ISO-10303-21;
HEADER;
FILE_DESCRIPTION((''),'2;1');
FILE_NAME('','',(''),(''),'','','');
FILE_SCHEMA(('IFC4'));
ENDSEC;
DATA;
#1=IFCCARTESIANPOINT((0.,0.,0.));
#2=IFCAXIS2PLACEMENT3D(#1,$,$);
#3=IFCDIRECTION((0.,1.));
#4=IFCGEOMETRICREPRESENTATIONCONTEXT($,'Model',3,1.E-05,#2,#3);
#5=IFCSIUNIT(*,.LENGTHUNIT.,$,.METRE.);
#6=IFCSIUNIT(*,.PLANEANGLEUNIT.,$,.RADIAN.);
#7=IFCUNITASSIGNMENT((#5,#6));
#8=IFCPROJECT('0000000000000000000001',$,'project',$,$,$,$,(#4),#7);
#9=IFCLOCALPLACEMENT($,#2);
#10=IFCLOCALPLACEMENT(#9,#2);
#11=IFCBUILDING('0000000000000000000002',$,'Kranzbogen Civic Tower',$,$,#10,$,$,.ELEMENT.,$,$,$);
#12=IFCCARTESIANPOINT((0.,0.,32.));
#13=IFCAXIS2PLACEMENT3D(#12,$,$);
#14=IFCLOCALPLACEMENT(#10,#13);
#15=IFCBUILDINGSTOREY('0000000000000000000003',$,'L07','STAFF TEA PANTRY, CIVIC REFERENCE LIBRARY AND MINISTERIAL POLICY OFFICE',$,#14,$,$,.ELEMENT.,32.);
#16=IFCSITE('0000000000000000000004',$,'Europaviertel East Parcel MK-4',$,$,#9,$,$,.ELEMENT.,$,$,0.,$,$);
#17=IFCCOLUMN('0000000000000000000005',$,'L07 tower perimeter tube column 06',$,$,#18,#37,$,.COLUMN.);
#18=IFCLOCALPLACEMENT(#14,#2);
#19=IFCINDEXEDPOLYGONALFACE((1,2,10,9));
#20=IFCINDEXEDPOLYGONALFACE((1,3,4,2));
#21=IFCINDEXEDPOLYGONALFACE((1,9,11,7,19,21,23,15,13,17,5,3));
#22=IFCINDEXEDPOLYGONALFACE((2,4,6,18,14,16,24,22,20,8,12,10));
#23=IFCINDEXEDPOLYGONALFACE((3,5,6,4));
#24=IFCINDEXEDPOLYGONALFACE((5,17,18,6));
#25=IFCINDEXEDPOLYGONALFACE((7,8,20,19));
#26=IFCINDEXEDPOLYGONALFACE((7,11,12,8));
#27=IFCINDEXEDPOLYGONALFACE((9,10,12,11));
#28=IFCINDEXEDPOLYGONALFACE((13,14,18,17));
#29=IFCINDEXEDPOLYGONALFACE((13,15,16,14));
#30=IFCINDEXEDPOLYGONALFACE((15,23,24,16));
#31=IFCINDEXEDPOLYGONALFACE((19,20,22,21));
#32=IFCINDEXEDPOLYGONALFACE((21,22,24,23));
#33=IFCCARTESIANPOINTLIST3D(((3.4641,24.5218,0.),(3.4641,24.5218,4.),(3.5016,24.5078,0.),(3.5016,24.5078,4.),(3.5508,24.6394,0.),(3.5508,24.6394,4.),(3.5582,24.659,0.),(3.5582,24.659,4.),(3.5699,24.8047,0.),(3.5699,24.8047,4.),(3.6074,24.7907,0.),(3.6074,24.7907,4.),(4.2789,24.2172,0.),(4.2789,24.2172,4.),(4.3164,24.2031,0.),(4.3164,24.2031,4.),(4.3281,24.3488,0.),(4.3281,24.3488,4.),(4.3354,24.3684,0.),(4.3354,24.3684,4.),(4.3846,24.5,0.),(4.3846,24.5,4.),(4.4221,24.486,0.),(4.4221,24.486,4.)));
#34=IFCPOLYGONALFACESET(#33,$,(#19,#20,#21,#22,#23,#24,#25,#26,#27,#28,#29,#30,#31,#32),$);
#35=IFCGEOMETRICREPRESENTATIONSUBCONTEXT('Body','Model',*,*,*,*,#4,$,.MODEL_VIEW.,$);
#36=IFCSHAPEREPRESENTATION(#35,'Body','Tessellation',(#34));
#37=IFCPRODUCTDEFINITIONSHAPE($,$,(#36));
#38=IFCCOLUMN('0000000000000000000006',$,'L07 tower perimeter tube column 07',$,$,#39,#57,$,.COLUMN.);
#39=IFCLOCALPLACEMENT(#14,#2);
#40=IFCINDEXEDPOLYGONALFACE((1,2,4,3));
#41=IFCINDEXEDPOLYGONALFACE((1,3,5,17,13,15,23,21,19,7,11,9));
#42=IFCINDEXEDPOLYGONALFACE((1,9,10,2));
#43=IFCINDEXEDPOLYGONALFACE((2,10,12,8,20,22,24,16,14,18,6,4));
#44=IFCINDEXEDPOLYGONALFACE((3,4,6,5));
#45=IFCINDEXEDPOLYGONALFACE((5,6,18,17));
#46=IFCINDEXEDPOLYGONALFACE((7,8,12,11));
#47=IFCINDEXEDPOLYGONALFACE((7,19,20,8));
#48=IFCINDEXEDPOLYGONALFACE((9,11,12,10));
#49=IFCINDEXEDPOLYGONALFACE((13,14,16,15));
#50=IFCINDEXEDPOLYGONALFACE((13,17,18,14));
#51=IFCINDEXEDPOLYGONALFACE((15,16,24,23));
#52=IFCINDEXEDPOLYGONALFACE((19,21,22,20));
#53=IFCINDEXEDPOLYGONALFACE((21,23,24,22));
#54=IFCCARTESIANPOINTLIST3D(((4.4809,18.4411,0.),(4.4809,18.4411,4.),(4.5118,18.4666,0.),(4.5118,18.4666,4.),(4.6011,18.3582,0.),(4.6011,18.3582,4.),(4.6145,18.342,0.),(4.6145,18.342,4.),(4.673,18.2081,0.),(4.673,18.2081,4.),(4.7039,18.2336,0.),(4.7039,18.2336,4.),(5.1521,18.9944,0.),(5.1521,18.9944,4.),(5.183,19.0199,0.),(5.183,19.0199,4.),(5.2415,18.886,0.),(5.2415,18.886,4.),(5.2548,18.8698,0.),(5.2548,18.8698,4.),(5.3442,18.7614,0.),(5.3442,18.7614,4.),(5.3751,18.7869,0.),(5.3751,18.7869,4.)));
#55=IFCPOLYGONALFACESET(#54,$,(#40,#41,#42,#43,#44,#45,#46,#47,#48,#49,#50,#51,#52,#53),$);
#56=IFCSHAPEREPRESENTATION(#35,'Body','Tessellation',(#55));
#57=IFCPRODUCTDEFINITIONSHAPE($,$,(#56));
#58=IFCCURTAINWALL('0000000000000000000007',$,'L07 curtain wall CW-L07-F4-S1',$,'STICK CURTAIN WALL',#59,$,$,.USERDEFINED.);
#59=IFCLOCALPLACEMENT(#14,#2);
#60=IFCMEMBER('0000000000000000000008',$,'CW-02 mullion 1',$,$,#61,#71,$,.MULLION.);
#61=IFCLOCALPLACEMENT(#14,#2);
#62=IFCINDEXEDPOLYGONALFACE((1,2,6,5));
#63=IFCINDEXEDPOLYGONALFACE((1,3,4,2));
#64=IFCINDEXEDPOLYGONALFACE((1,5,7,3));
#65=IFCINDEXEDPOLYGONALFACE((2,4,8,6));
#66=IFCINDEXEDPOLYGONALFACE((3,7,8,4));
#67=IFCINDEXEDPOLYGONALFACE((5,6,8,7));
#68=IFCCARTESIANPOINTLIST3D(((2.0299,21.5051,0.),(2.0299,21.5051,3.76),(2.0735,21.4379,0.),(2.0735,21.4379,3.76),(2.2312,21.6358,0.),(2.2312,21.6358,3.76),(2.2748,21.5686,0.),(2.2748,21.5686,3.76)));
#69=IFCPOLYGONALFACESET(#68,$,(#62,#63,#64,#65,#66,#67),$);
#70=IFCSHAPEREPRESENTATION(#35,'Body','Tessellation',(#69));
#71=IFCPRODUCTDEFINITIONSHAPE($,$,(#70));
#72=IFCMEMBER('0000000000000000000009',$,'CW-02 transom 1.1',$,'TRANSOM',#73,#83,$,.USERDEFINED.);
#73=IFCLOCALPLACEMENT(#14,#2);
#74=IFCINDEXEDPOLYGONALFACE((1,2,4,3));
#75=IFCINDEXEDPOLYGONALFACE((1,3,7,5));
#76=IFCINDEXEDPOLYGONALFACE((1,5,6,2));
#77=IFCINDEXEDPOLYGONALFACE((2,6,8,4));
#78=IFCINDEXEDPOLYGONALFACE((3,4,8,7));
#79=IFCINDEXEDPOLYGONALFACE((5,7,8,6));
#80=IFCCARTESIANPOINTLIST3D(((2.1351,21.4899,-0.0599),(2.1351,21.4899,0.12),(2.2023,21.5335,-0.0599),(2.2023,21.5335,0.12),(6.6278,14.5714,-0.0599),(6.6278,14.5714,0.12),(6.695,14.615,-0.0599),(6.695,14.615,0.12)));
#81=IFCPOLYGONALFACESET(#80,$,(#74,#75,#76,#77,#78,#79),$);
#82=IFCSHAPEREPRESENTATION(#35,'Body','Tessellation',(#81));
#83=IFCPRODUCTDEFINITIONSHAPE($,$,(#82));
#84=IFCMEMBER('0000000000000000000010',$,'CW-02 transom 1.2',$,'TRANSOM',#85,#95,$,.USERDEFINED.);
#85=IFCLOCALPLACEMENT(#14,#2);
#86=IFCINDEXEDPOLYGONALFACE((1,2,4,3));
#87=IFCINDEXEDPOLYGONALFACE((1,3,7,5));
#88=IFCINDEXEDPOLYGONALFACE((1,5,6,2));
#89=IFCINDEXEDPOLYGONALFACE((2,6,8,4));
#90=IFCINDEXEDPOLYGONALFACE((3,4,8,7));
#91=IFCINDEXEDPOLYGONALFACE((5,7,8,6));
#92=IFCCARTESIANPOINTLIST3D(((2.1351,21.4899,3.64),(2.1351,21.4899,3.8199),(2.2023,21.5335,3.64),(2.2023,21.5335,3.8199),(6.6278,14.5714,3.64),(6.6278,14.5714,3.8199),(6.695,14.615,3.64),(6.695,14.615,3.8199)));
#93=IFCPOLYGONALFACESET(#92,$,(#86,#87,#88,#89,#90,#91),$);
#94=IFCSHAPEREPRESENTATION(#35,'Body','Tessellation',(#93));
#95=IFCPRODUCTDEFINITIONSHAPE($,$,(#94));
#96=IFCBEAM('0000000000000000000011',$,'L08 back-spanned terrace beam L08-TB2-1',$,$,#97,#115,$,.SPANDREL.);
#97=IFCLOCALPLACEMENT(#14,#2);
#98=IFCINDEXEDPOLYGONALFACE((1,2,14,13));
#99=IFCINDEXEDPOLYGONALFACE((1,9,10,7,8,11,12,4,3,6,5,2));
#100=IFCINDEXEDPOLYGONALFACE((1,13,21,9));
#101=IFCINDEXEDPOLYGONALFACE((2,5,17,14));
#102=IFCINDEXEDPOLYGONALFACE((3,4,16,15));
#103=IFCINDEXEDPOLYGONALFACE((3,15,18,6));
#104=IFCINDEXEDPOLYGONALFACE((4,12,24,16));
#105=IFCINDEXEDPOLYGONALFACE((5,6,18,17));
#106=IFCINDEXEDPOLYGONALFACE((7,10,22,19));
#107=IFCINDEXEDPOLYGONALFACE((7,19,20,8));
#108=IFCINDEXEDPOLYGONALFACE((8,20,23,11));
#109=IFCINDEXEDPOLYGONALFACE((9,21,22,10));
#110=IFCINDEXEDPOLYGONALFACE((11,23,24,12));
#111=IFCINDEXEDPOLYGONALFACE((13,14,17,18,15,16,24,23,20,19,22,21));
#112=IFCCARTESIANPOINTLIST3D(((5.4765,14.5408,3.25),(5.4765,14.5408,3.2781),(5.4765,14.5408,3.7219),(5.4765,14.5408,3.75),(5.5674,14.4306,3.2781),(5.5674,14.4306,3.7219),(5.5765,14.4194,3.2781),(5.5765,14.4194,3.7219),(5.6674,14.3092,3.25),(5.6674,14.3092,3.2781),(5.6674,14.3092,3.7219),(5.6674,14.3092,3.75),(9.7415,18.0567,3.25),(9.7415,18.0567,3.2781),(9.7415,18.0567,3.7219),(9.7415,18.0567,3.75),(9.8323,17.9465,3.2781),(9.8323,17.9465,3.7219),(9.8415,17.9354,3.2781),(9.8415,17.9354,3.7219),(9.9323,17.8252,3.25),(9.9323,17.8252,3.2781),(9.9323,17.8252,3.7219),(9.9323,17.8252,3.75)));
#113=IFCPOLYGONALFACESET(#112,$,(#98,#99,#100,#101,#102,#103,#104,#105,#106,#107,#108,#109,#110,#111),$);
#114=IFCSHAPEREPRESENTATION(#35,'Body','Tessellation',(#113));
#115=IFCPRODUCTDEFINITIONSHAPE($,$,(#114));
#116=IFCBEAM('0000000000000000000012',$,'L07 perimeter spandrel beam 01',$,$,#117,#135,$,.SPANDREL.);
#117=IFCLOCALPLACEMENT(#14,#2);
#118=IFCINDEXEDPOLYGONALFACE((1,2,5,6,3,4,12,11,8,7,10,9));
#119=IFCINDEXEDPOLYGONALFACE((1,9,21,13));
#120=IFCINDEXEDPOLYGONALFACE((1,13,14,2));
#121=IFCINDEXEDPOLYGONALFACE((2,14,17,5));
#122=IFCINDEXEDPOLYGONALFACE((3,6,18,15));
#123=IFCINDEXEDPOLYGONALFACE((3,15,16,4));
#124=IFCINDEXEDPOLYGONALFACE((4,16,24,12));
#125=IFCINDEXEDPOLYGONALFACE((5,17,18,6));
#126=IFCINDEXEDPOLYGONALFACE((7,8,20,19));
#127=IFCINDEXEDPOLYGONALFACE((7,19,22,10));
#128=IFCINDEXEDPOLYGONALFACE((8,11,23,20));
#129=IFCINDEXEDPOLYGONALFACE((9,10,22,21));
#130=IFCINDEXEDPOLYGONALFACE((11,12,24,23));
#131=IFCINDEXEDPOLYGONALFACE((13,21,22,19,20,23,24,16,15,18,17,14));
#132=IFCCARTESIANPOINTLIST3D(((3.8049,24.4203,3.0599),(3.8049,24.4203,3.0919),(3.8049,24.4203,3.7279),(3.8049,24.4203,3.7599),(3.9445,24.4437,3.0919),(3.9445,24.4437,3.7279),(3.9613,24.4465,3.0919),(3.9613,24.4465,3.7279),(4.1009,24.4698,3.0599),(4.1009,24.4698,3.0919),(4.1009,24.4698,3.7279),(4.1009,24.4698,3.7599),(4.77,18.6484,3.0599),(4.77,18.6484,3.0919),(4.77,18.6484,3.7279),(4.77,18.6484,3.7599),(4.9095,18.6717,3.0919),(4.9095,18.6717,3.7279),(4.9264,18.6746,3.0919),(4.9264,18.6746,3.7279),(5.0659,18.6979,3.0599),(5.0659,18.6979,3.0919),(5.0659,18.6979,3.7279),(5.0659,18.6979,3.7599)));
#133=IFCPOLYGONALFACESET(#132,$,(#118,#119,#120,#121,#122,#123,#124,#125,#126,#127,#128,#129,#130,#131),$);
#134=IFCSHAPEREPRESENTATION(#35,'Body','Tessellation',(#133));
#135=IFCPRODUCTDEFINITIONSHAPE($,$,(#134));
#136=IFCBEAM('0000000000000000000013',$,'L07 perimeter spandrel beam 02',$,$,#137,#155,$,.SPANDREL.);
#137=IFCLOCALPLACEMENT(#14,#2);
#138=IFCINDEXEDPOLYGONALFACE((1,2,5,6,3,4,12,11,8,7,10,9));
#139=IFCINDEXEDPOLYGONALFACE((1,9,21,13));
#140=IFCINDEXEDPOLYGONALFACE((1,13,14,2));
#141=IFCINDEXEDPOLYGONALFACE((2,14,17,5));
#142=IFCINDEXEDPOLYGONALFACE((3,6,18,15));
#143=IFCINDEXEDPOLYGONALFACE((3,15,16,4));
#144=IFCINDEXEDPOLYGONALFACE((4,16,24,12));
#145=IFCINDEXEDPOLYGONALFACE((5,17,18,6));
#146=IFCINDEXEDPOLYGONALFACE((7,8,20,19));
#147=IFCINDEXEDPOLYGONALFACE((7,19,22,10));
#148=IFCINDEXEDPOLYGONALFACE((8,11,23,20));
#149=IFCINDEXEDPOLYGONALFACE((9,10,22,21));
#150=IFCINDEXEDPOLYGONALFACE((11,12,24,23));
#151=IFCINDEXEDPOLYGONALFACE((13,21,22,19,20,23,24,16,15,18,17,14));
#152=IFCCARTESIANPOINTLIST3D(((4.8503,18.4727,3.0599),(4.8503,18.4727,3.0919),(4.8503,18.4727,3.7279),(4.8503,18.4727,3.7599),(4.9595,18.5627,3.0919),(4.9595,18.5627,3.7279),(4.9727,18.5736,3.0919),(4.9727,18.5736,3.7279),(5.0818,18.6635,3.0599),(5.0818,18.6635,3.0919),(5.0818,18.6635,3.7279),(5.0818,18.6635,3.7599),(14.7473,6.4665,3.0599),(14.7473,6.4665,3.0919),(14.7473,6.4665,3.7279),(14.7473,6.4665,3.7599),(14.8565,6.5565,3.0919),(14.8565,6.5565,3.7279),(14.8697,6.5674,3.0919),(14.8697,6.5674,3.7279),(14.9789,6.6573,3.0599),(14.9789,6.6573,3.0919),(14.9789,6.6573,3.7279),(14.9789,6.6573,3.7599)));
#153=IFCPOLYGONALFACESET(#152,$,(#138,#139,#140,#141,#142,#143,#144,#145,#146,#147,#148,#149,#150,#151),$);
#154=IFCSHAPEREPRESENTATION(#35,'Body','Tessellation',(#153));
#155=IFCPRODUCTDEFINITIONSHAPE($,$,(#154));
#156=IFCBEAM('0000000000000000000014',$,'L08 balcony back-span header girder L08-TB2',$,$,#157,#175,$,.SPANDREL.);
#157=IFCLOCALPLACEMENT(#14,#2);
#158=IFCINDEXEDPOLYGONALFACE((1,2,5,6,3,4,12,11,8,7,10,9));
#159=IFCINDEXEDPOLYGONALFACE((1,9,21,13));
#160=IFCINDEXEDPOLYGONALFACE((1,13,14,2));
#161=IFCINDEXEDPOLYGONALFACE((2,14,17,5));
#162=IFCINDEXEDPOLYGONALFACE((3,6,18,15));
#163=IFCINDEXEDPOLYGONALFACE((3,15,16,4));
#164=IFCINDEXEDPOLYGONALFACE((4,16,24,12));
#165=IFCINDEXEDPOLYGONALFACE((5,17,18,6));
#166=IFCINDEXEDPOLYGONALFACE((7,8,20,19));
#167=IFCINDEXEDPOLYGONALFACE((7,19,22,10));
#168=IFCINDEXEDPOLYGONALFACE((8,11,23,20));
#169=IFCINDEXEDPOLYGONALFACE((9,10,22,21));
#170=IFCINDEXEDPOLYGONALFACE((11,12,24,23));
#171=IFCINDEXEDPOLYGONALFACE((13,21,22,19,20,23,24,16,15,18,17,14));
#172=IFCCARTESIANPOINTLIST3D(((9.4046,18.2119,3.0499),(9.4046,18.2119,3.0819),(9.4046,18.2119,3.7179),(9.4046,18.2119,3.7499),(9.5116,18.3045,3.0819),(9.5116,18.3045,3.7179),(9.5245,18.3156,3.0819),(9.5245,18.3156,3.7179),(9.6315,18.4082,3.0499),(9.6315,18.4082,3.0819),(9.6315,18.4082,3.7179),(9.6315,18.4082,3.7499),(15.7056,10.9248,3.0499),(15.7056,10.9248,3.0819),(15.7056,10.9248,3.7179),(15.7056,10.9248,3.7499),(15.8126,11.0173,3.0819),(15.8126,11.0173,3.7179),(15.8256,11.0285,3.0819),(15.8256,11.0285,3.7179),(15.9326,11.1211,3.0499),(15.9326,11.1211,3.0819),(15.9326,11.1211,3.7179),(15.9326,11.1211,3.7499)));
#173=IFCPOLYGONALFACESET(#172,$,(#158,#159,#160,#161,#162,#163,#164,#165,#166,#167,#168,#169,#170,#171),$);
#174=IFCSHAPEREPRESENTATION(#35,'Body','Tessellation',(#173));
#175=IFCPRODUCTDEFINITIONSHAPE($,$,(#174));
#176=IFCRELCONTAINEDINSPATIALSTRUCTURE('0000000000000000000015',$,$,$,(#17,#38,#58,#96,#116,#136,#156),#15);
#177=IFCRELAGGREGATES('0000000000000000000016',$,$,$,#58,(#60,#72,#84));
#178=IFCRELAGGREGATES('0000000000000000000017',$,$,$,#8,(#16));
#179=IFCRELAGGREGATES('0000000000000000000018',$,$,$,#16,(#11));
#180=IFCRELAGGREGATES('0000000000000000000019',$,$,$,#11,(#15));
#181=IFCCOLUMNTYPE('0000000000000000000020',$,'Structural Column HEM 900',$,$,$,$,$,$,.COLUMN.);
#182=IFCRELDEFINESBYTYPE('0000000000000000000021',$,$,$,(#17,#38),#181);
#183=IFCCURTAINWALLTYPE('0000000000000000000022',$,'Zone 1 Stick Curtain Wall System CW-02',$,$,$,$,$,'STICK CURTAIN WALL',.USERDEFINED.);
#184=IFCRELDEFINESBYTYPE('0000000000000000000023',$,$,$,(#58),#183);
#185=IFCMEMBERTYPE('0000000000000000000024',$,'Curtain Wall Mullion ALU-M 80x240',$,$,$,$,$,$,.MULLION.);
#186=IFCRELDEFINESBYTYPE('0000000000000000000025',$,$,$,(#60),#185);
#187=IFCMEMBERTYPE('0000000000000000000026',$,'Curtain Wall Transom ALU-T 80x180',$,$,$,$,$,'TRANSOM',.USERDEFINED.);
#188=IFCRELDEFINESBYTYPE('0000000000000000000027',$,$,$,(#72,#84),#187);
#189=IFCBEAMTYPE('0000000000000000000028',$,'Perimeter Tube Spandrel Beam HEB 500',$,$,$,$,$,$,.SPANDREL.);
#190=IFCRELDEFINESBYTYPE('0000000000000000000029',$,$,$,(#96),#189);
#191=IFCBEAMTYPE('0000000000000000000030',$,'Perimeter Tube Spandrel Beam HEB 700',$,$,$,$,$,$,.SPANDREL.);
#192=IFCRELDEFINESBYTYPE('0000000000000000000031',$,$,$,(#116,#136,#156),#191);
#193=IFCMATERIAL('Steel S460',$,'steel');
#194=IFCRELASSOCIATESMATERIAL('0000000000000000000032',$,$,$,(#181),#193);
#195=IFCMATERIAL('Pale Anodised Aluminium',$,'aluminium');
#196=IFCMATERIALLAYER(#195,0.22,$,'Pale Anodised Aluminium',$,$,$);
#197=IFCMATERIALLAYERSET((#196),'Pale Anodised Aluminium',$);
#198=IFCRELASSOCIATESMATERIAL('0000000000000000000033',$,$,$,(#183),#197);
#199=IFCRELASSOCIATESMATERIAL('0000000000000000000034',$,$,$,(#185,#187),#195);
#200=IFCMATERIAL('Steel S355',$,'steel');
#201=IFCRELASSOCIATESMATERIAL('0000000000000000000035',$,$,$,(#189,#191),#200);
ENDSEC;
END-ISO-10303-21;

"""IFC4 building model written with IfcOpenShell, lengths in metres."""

from ifc_helpers import new_model, si_unit, direction, frame, origin, origin_2d, place, context, subcontext, project, spatial, rectangle, i_section, extrude, material, layer, layer_set, material_profile, profile_set, type_object, element, aggregate, save


model = new_model("IFC4")

# Units and contexts
model_context = context("Model", 3, precision=1e-05, world=origin(), true_north=direction((0.0, 1.0)))
body_context = subcontext(model_context, "Body", "Model", "MODEL_VIEW")
ifc_project = project(units=[si_unit("LENGTHUNIT", "METRE"), si_unit("PLANEANGLEUNIT", "RADIAN")], contexts=[model_context])

# Site, building, storey
site_placement = place(None, origin())
site = spatial("IfcSite", under=ifc_project, at=site_placement, Name="Europaviertel East Parcel MK-4", CompositionType="ELEMENT", RefElevation=0.0)
building_placement = place(site_placement, origin())
building = spatial("IfcBuilding", under=site, at=building_placement, Name="Kranzbogen Civic Tower", CompositionType="ELEMENT")
storey_placement = place(building_placement, frame((0.0, 0.0, 32.0)))
storey = spatial("IfcBuildingStorey", under=building, at=storey_placement, Name="L07", Description="STAFF TEA PANTRY, CIVIC REFERENCE LIBRARY AND MINISTERIAL POLICY OFFICE", CompositionType="ELEMENT", Elevation=32.0)

# Columns
ifc_material_1 = material(Name="Steel S460", Category="steel")
ifc_material_profile_1 = material_profile(ifc_material_1, i_section(OverallWidth=0.302, OverallDepth=0.9099, WebThickness=0.021, FlangeThickness=0.04, at=origin_2d()), Name="HEM 900")
ifc_profile_set_1 = profile_set([ifc_material_profile_1], Name="Steel S460")
column_type = type_object("IfcColumnType", Name="Structural Column HEM 900", PredefinedType="COLUMN", material=ifc_profile_set_1)
for number, where, z_axis, x_axis, name in (
    (1, (3.9431, 24.5039, 0.0), (0.0, 0.0, 1.0), (0.350207, 0.936672, 0.0), "L07 tower perimeter tube column 06"),
    (2, (4.928, 18.614, 0.0), (0.0, 0.0, 1.0), (-0.636078, 0.771625, 0.0), "L07 tower perimeter tube column 07"),
):
    element("IfcColumn", number, at=place(storey_placement, frame(where, z_axis=z_axis, x_axis=x_axis)), inside=storey, type_object=column_type, Name=name, PredefinedType="COLUMN", context=body_context, shape_type="SweptSolid", body=[
        extrude(i_section(OverallWidth=0.302, OverallDepth=0.9099, WebThickness=0.021, FlangeThickness=0.04, at=origin_2d()), origin(), (0.0, 0.0, 1.0), 4.0),
    ])

# Curtain wall, members
ifc_material_2 = material(Name="Pale Anodised Aluminium", Category="aluminium")
ifc_layer_1 = layer(ifc_material_2, 0.22, Name="Pale Anodised Aluminium")
ifc_layer_set_1 = layer_set([ifc_layer_1], Name="Pale Anodised Aluminium")
curtain_wall_type = type_object("IfcCurtainWallType", Name="Zone 1 Stick Curtain Wall System CW-02", ElementType="STICK CURTAIN WALL", PredefinedType="USERDEFINED", material=ifc_layer_set_1)
curtain_wall_placement = place(storey_placement, origin())
curtain_wall = element("IfcCurtainWall", 3, at=curtain_wall_placement, inside=storey, type_object=curtain_wall_type, Name="L07 curtain wall CW-L07-F4-S1", ObjectType="STICK CURTAIN WALL", PredefinedType="USERDEFINED")
ifc_material_profile_2 = material_profile(ifc_material_2, rectangle(XDim=0.0801, YDim=0.24, at=origin_2d()), Name="ALU-M 80x240")
ifc_profile_set_2 = profile_set([ifc_material_profile_2], Name="Pale Anodised Aluminium")
member_type_1 = type_object("IfcMemberType", Name="Curtain Wall Mullion ALU-M 80x240", PredefinedType="MULLION", material=ifc_profile_set_2)
member_1_placement = place(storey_placement, frame((2.1523, 21.5369, 0.0), z_axis=(0.0, 0.0, 1.0), x_axis=(0.544623, -0.838681, 0.0)))
member_1 = element("IfcMember", 4, at=member_1_placement, type_object=member_type_1, Name="CW-02 mullion 1", PredefinedType="MULLION", context=body_context, shape_type="SweptSolid", body=[
    extrude(rectangle(XDim=0.0801, YDim=0.24, at=origin_2d()), origin(), (0.0, 0.0, 1.0), 3.76),
])
ifc_material_profile_3 = material_profile(ifc_material_2, rectangle(XDim=0.0801, YDim=0.1799, at=origin_2d()), Name="ALU-T 80x180")
ifc_profile_set_3 = profile_set([ifc_material_profile_3], Name="Pale Anodised Aluminium")
member_type_2 = type_object("IfcMemberType", Name="Curtain Wall Transom ALU-T 80x180", ElementType="TRANSOM", PredefinedType="USERDEFINED", material=ifc_profile_set_3)
member_2_placement = place(storey_placement, frame((2.1687, 21.5117, 0.03), z_axis=(0.54462, -0.838683, 0.0), x_axis=(0.838683, 0.54462, 0.0)))
member_2 = element("IfcMember", 5, at=member_2_placement, type_object=member_type_2, Name="CW-02 transom 1.1", ObjectType="TRANSOM", PredefinedType="USERDEFINED", context=body_context, shape_type="SweptSolid", body=[
    extrude(rectangle(XDim=0.0801, YDim=0.1799, at=origin_2d()), origin(), (0.0, 0.0, 1.0), 8.2493),
])
member_3_placement = place(storey_placement, frame((2.1687, 21.5117, 3.73), z_axis=(0.54462, -0.838683, 0.0), x_axis=(0.838683, 0.54462, 0.0)))
member_3 = element("IfcMember", 6, at=member_3_placement, type_object=member_type_2, Name="CW-02 transom 1.2", ObjectType="TRANSOM", PredefinedType="USERDEFINED", context=body_context, shape_type="SweptSolid", body=[
    extrude(rectangle(XDim=0.0801, YDim=0.1799, at=origin_2d()), origin(), (0.0, 0.0, 1.0), 8.2493),
])

# Beams
ifc_material_3 = material(Name="Steel S355", Category="steel")
ifc_material_profile_4 = material_profile(ifc_material_3, i_section(OverallWidth=0.3, OverallDepth=0.5, WebThickness=0.0144, FlangeThickness=0.0281, at=origin_2d()), Name="HEB 500")
ifc_profile_set_4 = profile_set([ifc_material_profile_4], Name="Steel S355")
beam_type_1 = type_object("IfcBeamType", Name="Perimeter Tube Spandrel Beam HEB 500", PredefinedType="SPANDREL", material=ifc_profile_set_4)
beam_1_placement = place(storey_placement, frame((9.8369, 17.9409, 3.5), z_axis=(-0.77161, -0.636096, 0.0), x_axis=(0.636096, -0.77161, 0.0)))
element("IfcBeam", 7, at=beam_1_placement, inside=storey, type_object=beam_type_1, Name="L08 back-spanned terrace beam L08-TB2-1", PredefinedType="SPANDREL", context=body_context, shape_type="SweptSolid", body=[
    extrude(i_section(OverallWidth=0.3, OverallDepth=0.5, WebThickness=0.0144, FlangeThickness=0.0281, at=origin_2d()), origin(), (0.0, 0.0, 1.0), 5.5273),
])
ifc_material_profile_5 = material_profile(ifc_material_3, i_section(OverallWidth=0.3, OverallDepth=0.7, WebThickness=0.0171, FlangeThickness=0.032, at=origin_2d()), Name="HEB 700")
ifc_profile_set_5 = profile_set([ifc_material_profile_5], Name="Steel S355")
beam_type_2 = type_object("IfcBeamType", Name="Perimeter Tube Spandrel Beam HEB 700", PredefinedType="SPANDREL", material=ifc_profile_set_5)
beam_2_placement = place(storey_placement, frame((3.9529, 24.4451, 3.4099), z_axis=(0.164913, -0.986308, 0.0), x_axis=(0.986308, 0.164913, 0.0)))
element("IfcBeam", 8, at=beam_2_placement, inside=storey, type_object=beam_type_2, Name="L07 perimeter spandrel beam 01", PredefinedType="SPANDREL", context=body_context, shape_type="SweptSolid", body=[
    extrude(i_section(OverallWidth=0.3, OverallDepth=0.7, WebThickness=0.0171, FlangeThickness=0.032, at=origin_2d()), origin(), (0.0, 0.0, 1.0), 5.8521),
])
beam_3_placement = place(storey_placement, frame((4.9661, 18.5681, 3.4099), z_axis=(0.636075, -0.771628, 0.0), x_axis=(0.771628, 0.636075, 0.0)))
element("IfcBeam", 9, at=beam_3_placement, inside=storey, type_object=beam_type_2, Name="L07 perimeter spandrel beam 02", PredefinedType="SPANDREL", context=body_context, shape_type="SweptSolid", body=[
    extrude(i_section(OverallWidth=0.3, OverallDepth=0.7, WebThickness=0.0171, FlangeThickness=0.032, at=origin_2d()), origin(), (0.0, 0.0, 1.0), 15.5596),
])
beam_4_placement = place(storey_placement, frame((9.5181, 18.3101, 3.3999), z_axis=(0.654072, -0.756432, 0.0), x_axis=(0.756432, 0.654072, 0.0)))
element("IfcBeam", 10, at=beam_4_placement, inside=storey, type_object=beam_type_2, Name="L08 balcony back-span header girder L08-TB2", PredefinedType="SPANDREL", context=body_context, shape_type="SweptSolid", body=[
    extrude(i_section(OverallWidth=0.3, OverallDepth=0.7, WebThickness=0.0171, FlangeThickness=0.032, at=origin_2d()), origin(), (0.0, 0.0, 1.0), 9.6335),
])

aggregate(curtain_wall, [member_1, member_2, member_3])

save(model, "model.ifc")
